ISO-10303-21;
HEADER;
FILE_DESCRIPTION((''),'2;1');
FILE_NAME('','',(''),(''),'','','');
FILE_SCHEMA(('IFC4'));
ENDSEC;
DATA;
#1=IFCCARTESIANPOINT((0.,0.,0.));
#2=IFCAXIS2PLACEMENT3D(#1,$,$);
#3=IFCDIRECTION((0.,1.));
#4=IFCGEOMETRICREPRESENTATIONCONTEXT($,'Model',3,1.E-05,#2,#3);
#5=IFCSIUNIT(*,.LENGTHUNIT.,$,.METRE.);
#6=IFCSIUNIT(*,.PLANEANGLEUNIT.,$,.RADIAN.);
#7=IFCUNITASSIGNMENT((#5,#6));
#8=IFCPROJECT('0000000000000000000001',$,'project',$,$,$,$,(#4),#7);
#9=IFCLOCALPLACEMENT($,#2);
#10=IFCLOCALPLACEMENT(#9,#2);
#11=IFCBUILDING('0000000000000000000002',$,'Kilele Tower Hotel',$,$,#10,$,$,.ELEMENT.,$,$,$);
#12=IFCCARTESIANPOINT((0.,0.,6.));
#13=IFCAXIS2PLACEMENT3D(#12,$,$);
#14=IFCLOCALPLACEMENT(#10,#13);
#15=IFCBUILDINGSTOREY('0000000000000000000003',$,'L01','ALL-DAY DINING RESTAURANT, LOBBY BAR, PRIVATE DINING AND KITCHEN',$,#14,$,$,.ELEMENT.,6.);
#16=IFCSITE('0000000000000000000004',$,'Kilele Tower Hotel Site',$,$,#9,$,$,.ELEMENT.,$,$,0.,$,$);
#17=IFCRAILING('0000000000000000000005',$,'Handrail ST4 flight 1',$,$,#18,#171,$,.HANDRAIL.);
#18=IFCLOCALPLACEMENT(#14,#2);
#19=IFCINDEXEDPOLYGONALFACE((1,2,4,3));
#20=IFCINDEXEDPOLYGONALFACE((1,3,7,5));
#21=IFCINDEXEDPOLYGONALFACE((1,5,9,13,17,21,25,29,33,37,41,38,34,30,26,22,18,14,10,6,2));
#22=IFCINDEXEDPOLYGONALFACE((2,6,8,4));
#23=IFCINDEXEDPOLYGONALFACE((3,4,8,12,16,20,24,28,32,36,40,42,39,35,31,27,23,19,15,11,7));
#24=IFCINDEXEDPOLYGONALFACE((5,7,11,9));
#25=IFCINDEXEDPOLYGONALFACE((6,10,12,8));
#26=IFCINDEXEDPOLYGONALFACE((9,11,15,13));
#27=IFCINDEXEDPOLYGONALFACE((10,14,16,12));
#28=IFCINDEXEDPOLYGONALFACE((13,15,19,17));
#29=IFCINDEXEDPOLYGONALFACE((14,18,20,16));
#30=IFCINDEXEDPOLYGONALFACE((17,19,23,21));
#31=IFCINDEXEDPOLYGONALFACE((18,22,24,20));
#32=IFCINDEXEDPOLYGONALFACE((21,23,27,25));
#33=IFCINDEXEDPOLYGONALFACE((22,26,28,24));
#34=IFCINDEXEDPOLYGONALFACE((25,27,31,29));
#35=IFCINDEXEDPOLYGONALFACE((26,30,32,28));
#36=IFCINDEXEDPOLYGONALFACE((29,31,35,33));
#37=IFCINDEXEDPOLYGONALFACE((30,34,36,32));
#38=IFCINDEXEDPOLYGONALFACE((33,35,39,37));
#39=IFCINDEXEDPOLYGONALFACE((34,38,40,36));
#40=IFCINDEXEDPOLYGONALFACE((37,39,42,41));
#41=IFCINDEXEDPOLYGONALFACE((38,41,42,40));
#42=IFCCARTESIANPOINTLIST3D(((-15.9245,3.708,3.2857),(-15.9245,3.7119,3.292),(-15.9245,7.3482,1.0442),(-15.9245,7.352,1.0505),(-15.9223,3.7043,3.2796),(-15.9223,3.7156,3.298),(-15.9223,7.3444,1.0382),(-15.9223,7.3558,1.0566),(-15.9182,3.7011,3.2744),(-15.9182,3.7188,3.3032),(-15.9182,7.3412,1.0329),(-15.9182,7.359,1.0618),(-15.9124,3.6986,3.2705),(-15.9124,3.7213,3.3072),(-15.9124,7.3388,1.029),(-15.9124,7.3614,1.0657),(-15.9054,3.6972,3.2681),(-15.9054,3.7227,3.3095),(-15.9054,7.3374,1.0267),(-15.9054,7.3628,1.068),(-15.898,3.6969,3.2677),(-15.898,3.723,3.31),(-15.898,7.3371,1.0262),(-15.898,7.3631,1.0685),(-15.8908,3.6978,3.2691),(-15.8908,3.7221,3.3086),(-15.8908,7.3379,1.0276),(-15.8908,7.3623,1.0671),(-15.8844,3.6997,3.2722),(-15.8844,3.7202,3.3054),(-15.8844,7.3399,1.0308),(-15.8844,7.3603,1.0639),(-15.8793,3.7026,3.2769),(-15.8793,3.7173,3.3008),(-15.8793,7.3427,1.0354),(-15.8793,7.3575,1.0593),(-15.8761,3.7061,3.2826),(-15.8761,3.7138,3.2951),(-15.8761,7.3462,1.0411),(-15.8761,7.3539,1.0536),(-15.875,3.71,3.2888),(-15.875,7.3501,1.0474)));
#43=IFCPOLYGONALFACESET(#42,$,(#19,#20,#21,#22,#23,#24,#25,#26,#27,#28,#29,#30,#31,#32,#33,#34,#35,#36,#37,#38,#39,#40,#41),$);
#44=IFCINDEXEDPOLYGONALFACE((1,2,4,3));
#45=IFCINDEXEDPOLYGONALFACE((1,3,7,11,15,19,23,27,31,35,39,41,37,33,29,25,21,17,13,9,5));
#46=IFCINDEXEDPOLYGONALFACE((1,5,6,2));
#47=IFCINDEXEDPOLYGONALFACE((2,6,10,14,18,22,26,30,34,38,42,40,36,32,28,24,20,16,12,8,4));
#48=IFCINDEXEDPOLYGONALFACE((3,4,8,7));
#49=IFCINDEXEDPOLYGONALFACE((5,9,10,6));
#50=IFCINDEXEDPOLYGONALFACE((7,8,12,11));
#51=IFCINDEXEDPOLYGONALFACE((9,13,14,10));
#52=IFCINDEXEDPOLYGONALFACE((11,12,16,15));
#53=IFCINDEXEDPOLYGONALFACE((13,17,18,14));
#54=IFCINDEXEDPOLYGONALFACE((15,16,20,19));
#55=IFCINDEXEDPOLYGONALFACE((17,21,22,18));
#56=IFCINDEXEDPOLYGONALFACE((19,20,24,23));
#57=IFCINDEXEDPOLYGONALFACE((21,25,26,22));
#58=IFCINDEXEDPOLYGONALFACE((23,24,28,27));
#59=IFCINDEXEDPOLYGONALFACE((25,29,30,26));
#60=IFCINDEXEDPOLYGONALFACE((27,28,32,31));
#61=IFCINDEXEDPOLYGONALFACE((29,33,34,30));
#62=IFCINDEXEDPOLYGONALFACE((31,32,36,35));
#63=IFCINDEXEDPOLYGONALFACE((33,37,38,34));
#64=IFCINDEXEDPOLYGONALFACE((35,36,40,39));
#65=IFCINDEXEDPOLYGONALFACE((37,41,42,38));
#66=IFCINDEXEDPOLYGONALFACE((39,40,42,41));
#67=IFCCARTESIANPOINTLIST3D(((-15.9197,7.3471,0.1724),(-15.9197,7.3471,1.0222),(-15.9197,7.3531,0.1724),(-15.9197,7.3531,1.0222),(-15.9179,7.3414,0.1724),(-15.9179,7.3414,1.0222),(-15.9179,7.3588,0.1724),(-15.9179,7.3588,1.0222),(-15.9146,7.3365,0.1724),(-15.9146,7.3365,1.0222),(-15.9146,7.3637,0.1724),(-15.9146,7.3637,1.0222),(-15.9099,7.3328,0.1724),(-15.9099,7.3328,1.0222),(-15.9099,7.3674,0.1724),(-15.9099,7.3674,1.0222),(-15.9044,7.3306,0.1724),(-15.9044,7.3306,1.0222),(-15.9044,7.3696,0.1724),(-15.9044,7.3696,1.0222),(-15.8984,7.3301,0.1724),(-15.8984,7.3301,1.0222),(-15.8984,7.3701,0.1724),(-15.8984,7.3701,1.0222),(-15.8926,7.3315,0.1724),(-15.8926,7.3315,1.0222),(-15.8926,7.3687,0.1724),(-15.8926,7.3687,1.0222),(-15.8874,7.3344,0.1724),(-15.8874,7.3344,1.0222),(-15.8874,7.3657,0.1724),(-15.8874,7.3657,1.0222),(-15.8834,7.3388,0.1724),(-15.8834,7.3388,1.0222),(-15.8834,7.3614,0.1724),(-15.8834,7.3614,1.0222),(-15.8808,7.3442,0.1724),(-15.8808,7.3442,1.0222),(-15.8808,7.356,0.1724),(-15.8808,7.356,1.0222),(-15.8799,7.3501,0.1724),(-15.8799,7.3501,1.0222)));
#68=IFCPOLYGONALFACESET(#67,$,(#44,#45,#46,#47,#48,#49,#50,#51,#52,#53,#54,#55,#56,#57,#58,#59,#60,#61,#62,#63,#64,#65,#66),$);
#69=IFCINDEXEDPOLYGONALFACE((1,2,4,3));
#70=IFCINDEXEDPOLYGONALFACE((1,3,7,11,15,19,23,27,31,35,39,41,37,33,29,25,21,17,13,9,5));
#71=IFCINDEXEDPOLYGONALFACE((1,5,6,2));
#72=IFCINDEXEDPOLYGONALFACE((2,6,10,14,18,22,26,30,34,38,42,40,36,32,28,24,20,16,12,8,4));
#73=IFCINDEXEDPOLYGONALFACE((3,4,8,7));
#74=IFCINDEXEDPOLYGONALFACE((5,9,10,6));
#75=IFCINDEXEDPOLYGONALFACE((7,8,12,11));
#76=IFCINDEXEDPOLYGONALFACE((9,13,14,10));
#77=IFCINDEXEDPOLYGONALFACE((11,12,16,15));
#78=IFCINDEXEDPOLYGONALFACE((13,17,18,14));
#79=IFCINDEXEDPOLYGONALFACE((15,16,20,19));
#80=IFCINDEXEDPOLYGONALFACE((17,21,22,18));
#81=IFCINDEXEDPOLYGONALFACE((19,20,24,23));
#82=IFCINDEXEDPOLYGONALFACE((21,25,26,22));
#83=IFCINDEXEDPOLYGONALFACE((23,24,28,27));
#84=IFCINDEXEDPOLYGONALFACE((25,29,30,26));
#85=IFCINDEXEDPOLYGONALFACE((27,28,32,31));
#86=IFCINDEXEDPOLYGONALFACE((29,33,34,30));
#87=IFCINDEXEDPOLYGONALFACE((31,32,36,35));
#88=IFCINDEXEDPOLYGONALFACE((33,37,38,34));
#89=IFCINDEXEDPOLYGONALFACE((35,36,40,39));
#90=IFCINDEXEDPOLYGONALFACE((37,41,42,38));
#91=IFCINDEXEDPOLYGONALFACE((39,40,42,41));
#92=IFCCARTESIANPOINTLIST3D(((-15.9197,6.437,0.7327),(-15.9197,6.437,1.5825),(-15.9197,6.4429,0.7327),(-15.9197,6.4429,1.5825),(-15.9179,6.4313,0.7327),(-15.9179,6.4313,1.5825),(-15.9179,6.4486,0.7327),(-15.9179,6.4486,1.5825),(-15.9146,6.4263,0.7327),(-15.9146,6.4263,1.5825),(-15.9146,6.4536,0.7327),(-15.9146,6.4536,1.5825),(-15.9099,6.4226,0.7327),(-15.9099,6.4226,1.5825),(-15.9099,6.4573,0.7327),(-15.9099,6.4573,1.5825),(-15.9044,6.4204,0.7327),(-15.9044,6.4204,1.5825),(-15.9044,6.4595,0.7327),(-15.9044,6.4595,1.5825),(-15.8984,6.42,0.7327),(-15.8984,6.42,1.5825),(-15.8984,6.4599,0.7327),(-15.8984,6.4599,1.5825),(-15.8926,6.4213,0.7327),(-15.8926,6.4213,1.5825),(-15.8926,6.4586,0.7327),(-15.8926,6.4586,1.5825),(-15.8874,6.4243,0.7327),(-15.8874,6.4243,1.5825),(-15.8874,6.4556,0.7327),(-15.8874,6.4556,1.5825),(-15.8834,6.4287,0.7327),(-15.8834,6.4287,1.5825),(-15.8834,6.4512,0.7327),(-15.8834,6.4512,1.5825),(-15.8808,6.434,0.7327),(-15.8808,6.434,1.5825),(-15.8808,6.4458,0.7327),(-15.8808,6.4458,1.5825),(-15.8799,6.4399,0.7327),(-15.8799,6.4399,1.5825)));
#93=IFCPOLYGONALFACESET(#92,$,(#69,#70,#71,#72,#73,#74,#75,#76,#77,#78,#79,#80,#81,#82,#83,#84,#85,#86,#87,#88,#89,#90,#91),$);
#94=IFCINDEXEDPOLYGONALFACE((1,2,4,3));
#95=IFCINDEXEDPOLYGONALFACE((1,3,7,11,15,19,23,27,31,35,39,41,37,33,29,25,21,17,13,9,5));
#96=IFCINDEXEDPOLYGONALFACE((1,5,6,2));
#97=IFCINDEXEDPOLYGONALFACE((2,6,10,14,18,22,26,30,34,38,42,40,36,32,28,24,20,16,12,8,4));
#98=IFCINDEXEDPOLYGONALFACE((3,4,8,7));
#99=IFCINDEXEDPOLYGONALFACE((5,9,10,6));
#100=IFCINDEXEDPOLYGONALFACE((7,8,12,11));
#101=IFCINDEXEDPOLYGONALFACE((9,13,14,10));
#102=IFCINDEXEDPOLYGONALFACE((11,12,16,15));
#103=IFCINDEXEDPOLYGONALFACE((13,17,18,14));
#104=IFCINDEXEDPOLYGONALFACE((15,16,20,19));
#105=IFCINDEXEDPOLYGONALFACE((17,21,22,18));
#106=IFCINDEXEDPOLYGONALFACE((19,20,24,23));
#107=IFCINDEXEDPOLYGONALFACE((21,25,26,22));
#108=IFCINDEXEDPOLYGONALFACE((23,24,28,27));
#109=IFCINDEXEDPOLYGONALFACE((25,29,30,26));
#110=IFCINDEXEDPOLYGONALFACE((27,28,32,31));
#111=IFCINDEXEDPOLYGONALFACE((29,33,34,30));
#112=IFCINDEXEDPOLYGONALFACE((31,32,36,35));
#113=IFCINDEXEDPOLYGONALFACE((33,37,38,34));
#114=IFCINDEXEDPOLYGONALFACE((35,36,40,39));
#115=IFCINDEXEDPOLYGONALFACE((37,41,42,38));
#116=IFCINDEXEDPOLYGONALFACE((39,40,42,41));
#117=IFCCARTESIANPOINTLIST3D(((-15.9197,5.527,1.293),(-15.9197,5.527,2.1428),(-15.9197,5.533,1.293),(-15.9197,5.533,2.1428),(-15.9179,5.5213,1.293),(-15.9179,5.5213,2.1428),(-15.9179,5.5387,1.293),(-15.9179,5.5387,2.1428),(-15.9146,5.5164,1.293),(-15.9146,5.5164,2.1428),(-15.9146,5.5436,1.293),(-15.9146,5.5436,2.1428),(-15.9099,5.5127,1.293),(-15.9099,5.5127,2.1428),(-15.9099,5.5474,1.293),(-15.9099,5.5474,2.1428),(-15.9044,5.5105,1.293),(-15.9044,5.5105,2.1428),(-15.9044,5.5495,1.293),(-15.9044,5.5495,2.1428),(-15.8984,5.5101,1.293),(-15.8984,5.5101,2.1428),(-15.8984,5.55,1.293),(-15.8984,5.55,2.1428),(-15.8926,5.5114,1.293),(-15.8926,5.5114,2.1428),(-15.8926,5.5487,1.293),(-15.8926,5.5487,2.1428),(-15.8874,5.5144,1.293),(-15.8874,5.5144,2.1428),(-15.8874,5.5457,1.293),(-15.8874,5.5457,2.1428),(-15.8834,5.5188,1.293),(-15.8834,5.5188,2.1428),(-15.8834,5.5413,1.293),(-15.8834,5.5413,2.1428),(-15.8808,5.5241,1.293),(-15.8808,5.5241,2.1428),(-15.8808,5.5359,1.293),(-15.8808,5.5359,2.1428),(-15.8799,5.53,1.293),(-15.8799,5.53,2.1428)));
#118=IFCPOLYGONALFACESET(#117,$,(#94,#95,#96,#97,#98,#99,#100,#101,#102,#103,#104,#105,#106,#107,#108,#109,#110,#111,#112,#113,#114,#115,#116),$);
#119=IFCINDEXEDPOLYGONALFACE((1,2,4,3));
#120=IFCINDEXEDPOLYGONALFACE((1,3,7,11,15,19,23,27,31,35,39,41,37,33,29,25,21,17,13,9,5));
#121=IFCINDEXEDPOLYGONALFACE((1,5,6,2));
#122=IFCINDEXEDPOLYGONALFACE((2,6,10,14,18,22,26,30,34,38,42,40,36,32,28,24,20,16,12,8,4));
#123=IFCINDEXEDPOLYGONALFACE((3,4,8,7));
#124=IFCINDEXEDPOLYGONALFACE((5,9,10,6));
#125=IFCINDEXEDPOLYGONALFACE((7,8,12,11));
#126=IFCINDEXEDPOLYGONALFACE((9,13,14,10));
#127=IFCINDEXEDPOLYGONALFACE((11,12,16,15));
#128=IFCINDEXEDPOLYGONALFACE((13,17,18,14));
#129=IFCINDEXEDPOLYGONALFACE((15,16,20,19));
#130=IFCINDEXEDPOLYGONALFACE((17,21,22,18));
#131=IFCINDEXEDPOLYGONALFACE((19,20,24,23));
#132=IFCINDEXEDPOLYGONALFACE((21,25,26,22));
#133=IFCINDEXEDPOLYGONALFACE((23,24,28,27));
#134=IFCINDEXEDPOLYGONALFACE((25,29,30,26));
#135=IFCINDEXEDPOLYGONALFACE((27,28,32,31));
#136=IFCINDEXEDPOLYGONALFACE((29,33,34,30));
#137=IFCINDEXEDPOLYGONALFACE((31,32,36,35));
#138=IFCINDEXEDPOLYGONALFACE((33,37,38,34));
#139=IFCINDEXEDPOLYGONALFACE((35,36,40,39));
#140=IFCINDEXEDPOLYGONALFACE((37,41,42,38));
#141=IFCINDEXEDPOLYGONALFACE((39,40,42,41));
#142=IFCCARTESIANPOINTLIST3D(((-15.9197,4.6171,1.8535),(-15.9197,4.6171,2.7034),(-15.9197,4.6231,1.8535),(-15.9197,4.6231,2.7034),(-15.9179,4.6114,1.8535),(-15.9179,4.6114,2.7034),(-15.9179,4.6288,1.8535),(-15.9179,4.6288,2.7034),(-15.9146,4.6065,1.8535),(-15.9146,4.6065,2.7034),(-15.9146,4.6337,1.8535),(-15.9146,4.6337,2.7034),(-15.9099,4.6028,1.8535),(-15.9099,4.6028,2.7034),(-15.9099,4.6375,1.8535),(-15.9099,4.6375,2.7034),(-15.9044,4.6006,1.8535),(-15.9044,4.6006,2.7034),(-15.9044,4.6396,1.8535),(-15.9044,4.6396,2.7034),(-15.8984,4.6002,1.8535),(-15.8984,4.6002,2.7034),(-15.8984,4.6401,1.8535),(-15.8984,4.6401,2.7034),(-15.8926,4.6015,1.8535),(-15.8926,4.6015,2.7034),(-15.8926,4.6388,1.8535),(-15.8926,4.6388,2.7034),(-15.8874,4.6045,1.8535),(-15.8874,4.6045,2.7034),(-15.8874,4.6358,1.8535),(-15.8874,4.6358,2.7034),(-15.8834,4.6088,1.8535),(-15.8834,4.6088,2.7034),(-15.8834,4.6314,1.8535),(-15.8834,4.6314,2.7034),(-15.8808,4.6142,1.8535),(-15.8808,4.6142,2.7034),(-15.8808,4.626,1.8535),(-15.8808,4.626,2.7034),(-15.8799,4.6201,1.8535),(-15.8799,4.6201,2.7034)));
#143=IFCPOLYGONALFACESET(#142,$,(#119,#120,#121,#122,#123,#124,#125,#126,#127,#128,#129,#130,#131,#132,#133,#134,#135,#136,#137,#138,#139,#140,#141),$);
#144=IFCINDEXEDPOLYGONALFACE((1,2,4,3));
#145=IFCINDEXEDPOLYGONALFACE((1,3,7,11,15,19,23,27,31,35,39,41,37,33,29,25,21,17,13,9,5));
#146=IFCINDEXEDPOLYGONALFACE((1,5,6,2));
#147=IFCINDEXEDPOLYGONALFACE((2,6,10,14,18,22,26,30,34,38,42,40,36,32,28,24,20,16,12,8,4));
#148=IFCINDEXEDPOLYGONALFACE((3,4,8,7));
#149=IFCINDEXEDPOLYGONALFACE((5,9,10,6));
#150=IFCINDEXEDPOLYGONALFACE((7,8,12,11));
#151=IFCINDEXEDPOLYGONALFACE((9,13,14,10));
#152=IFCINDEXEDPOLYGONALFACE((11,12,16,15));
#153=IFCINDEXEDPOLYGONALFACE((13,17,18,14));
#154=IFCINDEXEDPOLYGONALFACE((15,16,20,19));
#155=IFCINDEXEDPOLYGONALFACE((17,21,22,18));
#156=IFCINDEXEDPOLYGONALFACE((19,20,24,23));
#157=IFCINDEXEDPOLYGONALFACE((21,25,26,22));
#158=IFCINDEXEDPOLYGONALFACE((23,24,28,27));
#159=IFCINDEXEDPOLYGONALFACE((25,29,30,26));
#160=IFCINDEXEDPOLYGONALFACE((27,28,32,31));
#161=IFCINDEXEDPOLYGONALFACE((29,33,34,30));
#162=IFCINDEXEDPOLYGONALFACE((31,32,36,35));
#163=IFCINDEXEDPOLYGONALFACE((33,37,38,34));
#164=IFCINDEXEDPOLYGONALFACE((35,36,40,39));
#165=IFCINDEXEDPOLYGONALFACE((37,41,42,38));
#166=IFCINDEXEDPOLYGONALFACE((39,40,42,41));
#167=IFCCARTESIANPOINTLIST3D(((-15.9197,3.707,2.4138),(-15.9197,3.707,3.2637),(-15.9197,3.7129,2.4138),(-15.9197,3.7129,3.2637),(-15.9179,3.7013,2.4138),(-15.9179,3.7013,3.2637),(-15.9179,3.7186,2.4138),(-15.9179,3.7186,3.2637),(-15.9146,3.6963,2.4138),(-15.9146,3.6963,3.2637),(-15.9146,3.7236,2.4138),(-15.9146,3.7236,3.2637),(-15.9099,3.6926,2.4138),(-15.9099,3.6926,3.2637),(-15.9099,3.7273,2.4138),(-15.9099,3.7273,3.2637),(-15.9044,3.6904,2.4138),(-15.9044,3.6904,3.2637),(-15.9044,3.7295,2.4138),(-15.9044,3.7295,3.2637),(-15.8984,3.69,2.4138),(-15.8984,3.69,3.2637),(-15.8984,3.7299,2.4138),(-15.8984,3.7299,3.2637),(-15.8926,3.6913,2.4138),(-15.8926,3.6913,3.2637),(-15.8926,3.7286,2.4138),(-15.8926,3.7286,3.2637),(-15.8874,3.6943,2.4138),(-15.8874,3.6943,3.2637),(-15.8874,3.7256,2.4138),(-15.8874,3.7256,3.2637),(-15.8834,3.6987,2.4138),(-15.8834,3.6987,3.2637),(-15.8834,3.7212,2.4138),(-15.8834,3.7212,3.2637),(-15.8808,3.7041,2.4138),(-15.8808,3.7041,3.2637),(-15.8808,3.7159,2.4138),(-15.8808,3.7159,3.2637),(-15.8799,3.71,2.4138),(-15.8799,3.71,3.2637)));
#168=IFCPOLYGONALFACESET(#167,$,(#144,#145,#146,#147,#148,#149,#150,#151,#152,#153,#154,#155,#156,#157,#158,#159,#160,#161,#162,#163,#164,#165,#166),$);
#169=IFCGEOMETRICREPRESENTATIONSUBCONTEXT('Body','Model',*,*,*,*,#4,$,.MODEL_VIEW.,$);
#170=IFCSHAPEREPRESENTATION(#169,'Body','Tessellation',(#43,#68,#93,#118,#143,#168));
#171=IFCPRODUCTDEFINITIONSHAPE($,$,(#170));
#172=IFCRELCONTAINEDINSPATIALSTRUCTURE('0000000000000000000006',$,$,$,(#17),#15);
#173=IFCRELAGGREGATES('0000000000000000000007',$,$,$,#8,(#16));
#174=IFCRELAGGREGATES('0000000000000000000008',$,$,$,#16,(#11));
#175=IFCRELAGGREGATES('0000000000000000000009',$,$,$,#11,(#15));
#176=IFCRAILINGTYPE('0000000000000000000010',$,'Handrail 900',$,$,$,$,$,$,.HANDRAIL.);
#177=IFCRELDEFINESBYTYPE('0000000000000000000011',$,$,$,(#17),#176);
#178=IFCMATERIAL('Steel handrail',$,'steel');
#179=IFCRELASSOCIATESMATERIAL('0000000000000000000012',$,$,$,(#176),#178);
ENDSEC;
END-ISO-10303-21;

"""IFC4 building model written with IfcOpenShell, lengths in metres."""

from ifc_helpers import new_model, si_unit, direction, frame, origin, origin_2d, place, context, subcontext, project, spatial, circle, extrude, material, type_object, element, save


model = new_model("IFC4")

# Units and contexts
model_context = context("Model", 3, precision=1e-05, world=origin(), true_north=direction((0.0, 1.0)))
body_context = subcontext(model_context, "Body", "Model", "MODEL_VIEW")
ifc_project = project(units=[si_unit("LENGTHUNIT", "METRE"), si_unit("PLANEANGLEUNIT", "RADIAN")], contexts=[model_context])

# Site, building, storey
site_placement = place(None, origin())
site = spatial("IfcSite", under=ifc_project, at=site_placement, Name="Kilele Tower Hotel Site", CompositionType="ELEMENT", RefElevation=0.0)
building_placement = place(site_placement, origin())
building = spatial("IfcBuilding", under=site, at=building_placement, Name="Kilele Tower Hotel", CompositionType="ELEMENT")
storey_placement = place(building_placement, frame((0.0, 0.0, 6.0)))
storey = spatial("IfcBuildingStorey", under=building, at=storey_placement, Name="L01", Description="ALL-DAY DINING RESTAURANT, LOBBY BAR, PRIVATE DINING AND KITCHEN", CompositionType="ELEMENT", Elevation=6.0)

# Railing
ifc_material_1 = material(Name="Steel handrail", Category="steel")
railing_type_1 = type_object("IfcRailingType", Name="Handrail 900", PredefinedType="HANDRAIL", material=ifc_material_1)
for number, where, name in (
    (1, (-15.8999, 7.3501, 0.1724), "Handrail ST4 flight 1"),
):
    element("IfcRailing", number, at=place(storey_placement, frame(where)), inside=storey, type_object=railing_type_1, Name=name, PredefinedType="HANDRAIL", context=body_context, shape_type="SweptSolid", body=[
        extrude(circle(Radius=0.0249, at=origin_2d()), frame((0.0, 0.0, 0.875), z_axis=(0.0, -0.851515, 0.52433), x_axis=(1.0, 0.0, 0.0)), (0.0, 0.0, 1.0), 4.2749),
        extrude(circle(Radius=0.02, at=origin_2d()), origin(), (0.0, 0.0, 1.0), 0.8499),
        extrude(circle(Radius=0.02, at=origin_2d()), frame((0.0, -0.9102, 0.5603)), (0.0, 0.0, 1.0), 0.8499),
        extrude(circle(Radius=0.02, at=origin_2d()), frame((0.0, -1.8201, 1.1206)), (0.0, 0.0, 1.0), 0.8499),
        extrude(circle(Radius=0.02, at=origin_2d()), frame((0.0, -2.73, 1.6812)), (0.0, 0.0, 1.0), 0.8499),
        extrude(circle(Radius=0.02, at=origin_2d()), frame((0.0, -3.6401, 2.2415)), (0.0, 0.0, 1.0), 0.8499),
    ])

save(model, "model.ifc")
